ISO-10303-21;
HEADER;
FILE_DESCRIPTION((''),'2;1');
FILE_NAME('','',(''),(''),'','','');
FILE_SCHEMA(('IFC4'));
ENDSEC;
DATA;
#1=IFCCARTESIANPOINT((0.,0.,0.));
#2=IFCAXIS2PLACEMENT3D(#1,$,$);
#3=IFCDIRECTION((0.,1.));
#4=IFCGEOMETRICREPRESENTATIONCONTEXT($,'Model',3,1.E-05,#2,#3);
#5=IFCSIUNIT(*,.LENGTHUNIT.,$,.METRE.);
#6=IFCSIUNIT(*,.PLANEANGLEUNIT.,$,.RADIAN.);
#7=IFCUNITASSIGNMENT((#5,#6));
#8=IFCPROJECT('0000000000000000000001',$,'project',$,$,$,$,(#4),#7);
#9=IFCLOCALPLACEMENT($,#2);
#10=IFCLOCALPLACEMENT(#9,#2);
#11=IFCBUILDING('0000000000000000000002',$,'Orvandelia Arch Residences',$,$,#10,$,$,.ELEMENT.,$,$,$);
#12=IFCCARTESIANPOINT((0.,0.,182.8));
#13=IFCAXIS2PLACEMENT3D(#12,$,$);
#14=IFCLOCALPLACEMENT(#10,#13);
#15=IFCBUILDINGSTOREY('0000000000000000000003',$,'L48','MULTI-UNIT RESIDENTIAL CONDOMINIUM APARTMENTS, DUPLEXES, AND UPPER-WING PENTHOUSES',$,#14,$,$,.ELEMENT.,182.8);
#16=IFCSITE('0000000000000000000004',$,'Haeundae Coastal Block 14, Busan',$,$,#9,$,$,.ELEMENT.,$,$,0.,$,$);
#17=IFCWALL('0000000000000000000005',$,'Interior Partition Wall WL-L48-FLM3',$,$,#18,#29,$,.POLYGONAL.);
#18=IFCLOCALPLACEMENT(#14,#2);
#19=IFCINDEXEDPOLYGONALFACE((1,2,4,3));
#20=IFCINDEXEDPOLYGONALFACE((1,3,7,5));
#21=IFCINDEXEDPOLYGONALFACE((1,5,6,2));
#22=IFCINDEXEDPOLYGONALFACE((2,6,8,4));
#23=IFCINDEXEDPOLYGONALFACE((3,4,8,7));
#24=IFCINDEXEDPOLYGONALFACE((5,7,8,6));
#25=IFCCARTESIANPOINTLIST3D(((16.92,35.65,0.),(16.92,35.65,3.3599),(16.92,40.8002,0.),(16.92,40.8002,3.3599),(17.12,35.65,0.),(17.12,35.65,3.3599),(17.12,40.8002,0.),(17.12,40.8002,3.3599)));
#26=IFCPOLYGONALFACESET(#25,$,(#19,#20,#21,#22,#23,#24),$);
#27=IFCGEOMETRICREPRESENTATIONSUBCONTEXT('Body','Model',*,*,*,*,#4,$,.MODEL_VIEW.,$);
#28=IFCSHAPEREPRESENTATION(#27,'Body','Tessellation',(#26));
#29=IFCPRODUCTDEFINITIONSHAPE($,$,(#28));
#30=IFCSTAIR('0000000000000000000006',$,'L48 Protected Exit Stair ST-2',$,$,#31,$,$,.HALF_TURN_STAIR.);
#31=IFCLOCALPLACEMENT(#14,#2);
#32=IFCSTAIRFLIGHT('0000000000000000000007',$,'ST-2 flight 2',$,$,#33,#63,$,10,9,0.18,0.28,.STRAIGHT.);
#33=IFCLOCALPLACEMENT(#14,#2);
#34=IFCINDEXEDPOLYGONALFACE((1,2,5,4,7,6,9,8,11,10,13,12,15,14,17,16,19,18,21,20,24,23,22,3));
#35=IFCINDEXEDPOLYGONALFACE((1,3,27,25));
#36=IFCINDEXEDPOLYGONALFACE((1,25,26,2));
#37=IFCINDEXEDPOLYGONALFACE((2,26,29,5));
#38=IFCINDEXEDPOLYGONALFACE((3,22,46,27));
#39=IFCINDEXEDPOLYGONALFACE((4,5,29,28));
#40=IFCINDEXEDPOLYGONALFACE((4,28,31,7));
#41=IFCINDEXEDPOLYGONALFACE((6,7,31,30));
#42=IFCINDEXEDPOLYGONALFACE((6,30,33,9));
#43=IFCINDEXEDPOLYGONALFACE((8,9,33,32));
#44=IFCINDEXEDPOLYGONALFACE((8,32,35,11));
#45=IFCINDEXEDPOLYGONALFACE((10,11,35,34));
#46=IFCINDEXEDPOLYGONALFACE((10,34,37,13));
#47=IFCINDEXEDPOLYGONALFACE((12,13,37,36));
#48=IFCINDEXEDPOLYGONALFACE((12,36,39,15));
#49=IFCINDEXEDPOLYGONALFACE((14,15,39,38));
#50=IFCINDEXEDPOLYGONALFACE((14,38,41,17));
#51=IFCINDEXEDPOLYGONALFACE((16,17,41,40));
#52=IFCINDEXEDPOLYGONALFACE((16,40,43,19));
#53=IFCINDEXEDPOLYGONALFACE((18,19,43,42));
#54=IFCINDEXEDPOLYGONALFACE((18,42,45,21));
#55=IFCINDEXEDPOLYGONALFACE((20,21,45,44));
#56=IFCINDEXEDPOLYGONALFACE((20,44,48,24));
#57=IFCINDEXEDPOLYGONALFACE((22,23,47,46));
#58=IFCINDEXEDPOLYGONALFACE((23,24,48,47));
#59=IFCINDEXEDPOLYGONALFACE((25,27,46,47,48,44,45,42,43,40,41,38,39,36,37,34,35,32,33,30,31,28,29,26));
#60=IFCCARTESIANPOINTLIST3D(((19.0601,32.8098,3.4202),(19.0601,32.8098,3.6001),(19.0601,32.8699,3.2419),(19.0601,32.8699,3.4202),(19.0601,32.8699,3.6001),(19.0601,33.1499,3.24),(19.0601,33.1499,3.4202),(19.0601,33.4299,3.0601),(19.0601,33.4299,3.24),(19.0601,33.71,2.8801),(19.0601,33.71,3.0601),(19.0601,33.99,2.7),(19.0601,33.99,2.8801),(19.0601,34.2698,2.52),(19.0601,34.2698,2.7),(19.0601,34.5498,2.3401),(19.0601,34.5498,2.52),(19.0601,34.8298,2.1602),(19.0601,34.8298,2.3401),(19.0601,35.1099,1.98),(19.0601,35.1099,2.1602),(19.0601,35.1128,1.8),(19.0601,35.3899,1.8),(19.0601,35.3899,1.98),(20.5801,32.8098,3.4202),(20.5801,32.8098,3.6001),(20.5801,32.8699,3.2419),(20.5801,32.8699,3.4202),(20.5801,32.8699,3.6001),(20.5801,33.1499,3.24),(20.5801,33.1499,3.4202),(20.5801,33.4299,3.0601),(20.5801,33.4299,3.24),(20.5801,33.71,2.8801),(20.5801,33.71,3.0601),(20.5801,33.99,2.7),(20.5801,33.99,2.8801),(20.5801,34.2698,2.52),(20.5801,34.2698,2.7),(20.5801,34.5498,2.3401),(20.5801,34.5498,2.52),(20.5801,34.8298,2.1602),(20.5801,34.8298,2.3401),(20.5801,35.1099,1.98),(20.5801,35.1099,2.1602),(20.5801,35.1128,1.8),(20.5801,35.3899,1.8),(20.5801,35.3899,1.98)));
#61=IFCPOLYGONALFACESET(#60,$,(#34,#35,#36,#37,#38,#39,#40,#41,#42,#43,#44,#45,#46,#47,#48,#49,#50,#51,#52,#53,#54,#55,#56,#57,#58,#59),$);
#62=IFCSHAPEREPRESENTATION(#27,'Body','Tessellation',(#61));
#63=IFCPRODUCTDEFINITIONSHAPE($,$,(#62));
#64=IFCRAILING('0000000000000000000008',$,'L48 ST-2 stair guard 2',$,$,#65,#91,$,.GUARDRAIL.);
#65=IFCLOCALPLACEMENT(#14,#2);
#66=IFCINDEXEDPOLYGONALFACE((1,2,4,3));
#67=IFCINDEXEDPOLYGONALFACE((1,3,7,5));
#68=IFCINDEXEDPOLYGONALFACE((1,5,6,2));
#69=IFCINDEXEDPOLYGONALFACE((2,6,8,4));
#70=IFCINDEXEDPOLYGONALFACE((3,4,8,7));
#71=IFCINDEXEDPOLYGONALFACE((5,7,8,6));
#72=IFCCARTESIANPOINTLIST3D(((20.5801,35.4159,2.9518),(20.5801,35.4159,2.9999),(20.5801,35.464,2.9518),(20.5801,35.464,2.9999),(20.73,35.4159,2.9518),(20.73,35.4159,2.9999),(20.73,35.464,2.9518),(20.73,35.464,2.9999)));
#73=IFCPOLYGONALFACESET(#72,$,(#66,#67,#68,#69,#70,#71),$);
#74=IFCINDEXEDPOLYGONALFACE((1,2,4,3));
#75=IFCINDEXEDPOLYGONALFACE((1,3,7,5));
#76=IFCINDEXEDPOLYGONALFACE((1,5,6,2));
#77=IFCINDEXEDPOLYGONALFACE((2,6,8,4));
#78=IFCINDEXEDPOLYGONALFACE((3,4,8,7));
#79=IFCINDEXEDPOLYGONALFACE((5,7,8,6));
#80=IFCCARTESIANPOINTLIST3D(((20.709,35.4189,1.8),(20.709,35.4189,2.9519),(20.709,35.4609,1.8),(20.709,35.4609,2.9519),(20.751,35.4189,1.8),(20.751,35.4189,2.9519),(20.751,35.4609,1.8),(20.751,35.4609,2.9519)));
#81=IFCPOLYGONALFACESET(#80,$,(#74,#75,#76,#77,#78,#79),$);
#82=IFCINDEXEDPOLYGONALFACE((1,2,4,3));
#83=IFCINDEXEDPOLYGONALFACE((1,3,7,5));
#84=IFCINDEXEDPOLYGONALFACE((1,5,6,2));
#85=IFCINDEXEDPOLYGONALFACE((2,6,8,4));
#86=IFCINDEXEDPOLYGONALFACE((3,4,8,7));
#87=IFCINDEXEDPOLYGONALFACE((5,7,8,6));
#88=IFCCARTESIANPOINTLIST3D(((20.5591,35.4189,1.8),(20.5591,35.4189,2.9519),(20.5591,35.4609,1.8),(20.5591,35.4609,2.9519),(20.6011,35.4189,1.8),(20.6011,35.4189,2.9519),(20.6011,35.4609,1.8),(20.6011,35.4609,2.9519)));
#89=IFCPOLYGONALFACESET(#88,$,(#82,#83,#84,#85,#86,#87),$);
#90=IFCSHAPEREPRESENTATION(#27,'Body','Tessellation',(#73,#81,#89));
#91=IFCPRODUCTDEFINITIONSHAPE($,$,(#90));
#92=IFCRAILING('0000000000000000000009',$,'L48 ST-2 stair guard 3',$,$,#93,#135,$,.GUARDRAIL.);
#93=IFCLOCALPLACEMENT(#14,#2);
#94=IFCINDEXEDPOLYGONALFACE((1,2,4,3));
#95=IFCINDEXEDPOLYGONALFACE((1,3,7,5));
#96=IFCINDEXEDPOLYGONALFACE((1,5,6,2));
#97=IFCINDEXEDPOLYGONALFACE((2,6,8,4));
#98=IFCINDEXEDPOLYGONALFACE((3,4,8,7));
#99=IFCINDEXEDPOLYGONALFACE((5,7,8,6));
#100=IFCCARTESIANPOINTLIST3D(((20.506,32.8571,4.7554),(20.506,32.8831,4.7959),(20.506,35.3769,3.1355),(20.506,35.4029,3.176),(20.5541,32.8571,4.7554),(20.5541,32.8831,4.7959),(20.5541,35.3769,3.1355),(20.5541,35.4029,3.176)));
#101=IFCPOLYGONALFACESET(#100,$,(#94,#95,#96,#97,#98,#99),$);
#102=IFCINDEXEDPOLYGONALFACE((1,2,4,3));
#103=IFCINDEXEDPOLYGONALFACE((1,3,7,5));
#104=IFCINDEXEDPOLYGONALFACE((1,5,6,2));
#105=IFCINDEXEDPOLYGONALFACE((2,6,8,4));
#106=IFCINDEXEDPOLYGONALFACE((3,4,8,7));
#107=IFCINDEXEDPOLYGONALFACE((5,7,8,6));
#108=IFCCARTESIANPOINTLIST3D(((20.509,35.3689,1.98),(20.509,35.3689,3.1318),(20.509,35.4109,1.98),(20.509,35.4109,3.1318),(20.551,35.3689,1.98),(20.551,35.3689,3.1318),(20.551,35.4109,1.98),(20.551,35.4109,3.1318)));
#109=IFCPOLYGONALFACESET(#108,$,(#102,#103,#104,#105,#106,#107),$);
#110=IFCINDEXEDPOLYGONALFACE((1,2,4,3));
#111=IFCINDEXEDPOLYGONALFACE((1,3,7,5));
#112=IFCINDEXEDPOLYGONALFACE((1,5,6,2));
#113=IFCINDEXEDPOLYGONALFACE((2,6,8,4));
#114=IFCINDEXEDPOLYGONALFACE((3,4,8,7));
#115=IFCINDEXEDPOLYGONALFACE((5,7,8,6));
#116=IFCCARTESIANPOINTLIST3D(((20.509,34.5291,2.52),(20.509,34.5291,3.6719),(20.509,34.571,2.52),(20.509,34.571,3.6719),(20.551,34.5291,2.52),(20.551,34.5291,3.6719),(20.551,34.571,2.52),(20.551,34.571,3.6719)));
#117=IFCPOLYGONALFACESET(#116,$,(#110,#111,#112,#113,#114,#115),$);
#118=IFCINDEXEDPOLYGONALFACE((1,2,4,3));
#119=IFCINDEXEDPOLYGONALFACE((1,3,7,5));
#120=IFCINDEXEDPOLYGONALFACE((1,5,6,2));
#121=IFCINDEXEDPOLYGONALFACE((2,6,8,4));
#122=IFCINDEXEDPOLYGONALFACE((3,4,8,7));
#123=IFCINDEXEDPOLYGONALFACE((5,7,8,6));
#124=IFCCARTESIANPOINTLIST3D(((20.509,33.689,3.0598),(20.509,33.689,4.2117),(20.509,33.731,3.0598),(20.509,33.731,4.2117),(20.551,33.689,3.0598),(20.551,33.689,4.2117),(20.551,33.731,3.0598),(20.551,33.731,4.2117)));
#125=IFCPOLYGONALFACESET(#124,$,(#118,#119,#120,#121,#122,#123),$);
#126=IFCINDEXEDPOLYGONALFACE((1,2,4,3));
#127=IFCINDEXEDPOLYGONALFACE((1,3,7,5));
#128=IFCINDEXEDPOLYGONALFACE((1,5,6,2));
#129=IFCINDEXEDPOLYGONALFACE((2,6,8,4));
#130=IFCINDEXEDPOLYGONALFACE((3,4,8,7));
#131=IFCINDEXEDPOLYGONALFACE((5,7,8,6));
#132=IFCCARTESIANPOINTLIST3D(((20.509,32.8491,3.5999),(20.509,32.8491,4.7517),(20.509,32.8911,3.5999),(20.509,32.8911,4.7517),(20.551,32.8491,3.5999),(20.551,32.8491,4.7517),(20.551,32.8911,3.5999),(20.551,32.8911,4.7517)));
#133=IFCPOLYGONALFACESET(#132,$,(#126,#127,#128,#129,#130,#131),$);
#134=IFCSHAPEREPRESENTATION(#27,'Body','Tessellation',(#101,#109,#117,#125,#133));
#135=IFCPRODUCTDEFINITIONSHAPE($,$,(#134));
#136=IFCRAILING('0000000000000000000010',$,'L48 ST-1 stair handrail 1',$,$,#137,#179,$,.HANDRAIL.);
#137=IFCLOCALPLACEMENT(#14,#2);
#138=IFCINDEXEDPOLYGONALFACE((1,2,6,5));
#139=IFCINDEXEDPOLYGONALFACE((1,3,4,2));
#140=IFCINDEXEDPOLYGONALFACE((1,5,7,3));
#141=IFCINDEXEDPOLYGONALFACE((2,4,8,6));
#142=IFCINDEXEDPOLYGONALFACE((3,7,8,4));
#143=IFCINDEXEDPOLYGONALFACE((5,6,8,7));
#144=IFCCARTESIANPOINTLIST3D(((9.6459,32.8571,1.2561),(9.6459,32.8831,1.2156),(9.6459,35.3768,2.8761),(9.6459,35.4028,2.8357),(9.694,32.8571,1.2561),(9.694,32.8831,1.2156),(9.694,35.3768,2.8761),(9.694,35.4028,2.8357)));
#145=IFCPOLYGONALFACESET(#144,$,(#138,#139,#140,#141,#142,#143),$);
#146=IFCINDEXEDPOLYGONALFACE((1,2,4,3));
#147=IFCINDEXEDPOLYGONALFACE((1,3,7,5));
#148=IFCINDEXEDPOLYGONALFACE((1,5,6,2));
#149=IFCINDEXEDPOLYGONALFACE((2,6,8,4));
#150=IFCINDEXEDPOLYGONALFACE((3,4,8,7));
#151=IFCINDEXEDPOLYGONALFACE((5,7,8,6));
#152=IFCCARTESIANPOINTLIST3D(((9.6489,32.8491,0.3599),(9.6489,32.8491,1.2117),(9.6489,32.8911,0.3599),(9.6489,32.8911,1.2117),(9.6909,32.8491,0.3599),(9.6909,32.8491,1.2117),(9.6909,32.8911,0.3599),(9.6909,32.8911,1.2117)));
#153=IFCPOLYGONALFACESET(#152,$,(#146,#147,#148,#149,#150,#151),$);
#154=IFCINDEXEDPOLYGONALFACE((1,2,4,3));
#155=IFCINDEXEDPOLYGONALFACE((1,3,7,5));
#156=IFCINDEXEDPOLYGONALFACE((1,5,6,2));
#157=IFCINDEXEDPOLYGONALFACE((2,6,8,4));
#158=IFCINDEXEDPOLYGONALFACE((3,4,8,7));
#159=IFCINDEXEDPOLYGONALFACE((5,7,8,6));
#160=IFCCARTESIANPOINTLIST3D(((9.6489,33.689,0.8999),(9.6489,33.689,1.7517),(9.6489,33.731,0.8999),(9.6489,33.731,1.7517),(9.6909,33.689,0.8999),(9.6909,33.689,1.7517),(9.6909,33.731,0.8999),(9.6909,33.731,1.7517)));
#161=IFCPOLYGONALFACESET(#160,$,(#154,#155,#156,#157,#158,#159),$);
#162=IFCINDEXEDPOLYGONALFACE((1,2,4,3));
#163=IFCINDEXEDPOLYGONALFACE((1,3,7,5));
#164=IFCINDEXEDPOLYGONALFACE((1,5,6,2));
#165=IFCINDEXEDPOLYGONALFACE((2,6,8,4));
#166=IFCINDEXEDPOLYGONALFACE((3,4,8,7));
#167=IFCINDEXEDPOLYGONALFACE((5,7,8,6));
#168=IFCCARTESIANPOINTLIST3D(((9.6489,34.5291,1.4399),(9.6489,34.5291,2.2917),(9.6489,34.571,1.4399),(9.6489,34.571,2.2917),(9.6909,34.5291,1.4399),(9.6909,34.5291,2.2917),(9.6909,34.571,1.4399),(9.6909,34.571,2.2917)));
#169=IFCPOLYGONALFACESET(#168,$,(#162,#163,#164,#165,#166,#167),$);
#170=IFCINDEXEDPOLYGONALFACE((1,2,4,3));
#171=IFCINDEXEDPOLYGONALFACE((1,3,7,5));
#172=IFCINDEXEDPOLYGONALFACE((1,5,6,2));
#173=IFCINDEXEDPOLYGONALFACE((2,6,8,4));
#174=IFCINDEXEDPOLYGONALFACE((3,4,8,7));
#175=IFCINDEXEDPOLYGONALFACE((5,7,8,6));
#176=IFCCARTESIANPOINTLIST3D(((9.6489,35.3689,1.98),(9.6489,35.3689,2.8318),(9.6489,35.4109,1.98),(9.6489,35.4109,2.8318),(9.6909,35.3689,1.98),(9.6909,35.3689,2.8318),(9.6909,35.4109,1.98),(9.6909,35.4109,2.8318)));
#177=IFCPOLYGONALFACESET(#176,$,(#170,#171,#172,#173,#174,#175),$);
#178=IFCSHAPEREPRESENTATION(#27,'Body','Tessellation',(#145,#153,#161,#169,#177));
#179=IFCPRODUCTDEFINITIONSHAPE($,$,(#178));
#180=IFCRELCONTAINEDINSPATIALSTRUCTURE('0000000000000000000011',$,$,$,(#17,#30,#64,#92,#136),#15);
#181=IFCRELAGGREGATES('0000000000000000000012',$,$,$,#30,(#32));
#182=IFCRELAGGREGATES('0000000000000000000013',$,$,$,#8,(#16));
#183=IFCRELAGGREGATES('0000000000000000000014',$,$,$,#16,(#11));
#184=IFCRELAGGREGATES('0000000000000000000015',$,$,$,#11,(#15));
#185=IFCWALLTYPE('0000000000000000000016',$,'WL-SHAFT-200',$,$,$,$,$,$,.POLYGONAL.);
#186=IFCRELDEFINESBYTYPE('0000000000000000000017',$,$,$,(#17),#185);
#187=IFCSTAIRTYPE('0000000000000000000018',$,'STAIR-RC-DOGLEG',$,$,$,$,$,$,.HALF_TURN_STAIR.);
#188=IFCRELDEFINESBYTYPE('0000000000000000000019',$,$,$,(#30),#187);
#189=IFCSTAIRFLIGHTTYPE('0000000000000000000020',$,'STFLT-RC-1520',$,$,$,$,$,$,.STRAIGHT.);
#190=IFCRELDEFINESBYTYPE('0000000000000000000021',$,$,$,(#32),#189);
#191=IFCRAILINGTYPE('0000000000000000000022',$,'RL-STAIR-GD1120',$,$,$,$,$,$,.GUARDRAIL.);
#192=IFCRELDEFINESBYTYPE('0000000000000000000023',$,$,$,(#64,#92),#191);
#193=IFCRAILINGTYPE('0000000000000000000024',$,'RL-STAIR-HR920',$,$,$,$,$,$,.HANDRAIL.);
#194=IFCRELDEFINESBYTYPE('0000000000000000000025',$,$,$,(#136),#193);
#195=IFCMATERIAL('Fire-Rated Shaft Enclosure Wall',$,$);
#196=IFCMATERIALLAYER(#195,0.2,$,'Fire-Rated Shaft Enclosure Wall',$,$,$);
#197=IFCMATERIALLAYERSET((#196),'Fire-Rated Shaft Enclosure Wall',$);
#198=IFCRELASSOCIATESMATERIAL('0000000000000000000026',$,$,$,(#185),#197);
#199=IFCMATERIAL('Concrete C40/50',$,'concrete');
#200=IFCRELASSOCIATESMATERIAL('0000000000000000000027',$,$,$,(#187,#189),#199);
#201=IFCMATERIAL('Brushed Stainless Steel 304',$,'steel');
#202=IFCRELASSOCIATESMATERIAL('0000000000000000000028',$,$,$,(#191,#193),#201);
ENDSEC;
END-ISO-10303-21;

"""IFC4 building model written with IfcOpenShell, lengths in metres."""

from ifc_helpers import new_model, si_unit, direction, frame, frame_2d, origin, origin_2d, place, context, subcontext, project, spatial, polyline, rectangle, outline, extrude, material, layer, layer_set, type_object, element, aggregate, save


model = new_model("IFC4")

# Units and contexts
model_context = context("Model", 3, precision=1e-05, world=origin(), true_north=direction((0.0, 1.0)))
body_context = subcontext(model_context, "Body", "Model", "MODEL_VIEW")
ifc_project = project(units=[si_unit("LENGTHUNIT", "METRE"), si_unit("PLANEANGLEUNIT", "RADIAN")], contexts=[model_context])

# Site, building, storey
site_placement = place(None, origin())
site = spatial("IfcSite", under=ifc_project, at=site_placement, Name="Haeundae Coastal Block 14, Busan", CompositionType="ELEMENT", RefElevation=0.0)
building_placement = place(site_placement, origin())
building = spatial("IfcBuilding", under=site, at=building_placement, Name="Orvandelia Arch Residences", CompositionType="ELEMENT")
storey_placement = place(building_placement, frame((0.0, 0.0, 182.8)))
storey = spatial("IfcBuildingStorey", under=building, at=storey_placement, Name="L48", Description="MULTI-UNIT RESIDENTIAL CONDOMINIUM APARTMENTS, DUPLEXES, AND UPPER-WING PENTHOUSES", CompositionType="ELEMENT", Elevation=182.8)

# Wall
ifc_material_1 = material(Name="Fire-Rated Shaft Enclosure Wall")
ifc_layer_1 = layer(ifc_material_1, 0.2, Name="Fire-Rated Shaft Enclosure Wall")
ifc_layer_set_1 = layer_set([ifc_layer_1], Name="Fire-Rated Shaft Enclosure Wall")
wall_type_1 = type_object("IfcWallType", Name="WL-SHAFT-200", PredefinedType="POLYGONAL", material=ifc_layer_set_1)
wall_1_placement = place(storey_placement, frame((17.02, 35.6499, 0.0), z_axis=(0.0, 0.0, 1.0), x_axis=(0.0, 1.0, 0.0)))
element("IfcWall", 1, at=wall_1_placement, inside=storey, type_object=wall_type_1, Name="Interior Partition Wall WL-L48-FLM3", PredefinedType="POLYGONAL", context=body_context, shape_type="SweptSolid", body=[
    extrude(rectangle(XDim=5.1501, YDim=0.2, at=frame_2d((2.5752, 0.0))), origin(), (0.0, 0.0, 1.0), 3.3599),
])

# Stair, stair flight
ifc_material_2 = material(Name="Concrete C40/50", Category="concrete")
stair_type = type_object("IfcStairType", Name="STAIR-RC-DOGLEG", PredefinedType="HALF_TURN_STAIR", material=ifc_material_2)
stair_placement = place(storey_placement, origin())
stair = element("IfcStair", 2, at=stair_placement, inside=storey, type_object=stair_type, Name="L48 Protected Exit Stair ST-2", PredefinedType="HALF_TURN_STAIR")
stair_flight_type = type_object("IfcStairFlightType", Name="STFLT-RC-1520", PredefinedType="STRAIGHT", material=ifc_material_2)
stair_flight_placement = place(storey_placement, frame((19.8201, 35.3899, 1.8), z_axis=(0.0, 0.0, 1.0), x_axis=(0.0, -1.0, 0.0)))
stair_flight = element("IfcStairFlight", 3, at=stair_flight_placement, type_object=stair_flight_type, Name="ST-2 flight 2", NumberOfRisers=10, NumberOfTreads=9, PredefinedType="STRAIGHT", RiserHeight=0.18, TreadLength=0.28, context=body_context, shape_type="SweptSolid", body=[
    extrude(outline(polyline([(0.0, 0.0), (0.0, 0.1799), (0.28, 0.1799), (0.28, 0.3601), (0.5601, 0.3601), (0.5601, 0.54), (0.8401, 0.54), (0.8401, 0.72), (1.1201, 0.72), (1.1201, 0.8999), (1.3999, 0.8999), (1.3999, 1.0801), (1.6799, 1.0801), (1.6799, 1.26), (1.96, 1.26), (1.96, 1.4399), (2.24, 1.4399), (2.24, 1.6201), (2.52, 1.6201), (2.52, 1.8), (2.5801, 1.8), (2.5801, 1.6201), (2.52, 1.4419), (0.2771, 0.0), (0.0, 0.0)])), frame((0.0, 0.76, 0.0), z_axis=(0.0, -1.0, 0.0), x_axis=(1.0, 0.0, 0.0)), (0.0, 0.0, 1.0), 1.52),
])
aggregate(stair, [stair_flight])

# Railings
ifc_material_3 = material(Name="Brushed Stainless Steel 304", Category="steel")
railing_type_1 = type_object("IfcRailingType", Name="RL-STAIR-GD1120", PredefinedType="GUARDRAIL", material=ifc_material_3)
railing_1_placement = place(storey_placement, frame((20.73, 35.4399, 1.8)))
element("IfcRailing", 4, at=railing_1_placement, inside=storey, type_object=railing_type_1, Name="L48 ST-2 stair guard 2", PredefinedType="GUARDRAIL", context=body_context, shape_type="SweptSolid", body=[
    extrude(rectangle(XDim=0.0481, YDim=0.0481, at=origin_2d()), frame((0.0, 0.0, 1.1758), z_axis=(-1.0, 0.0, 0.0), x_axis=(0.0, -1.0, 0.0)), (0.0, 0.0, 1.0), 0.1499),
    extrude(rectangle(XDim=0.042, YDim=0.042, at=origin_2d()), origin(), (0.0, 0.0, 1.0), 1.1519),
    extrude(rectangle(XDim=0.042, YDim=0.042, at=origin_2d()), frame((-0.1499, 0.0, 0.0)), (0.0, 0.0, 1.0), 1.1519),
])
railing_2_placement = place(storey_placement, frame((20.53, 35.3899, 1.98)))
element("IfcRailing", 5, at=railing_2_placement, inside=storey, type_object=railing_type_1, Name="L48 ST-2 stair guard 3", PredefinedType="GUARDRAIL", context=body_context, shape_type="SweptSolid", body=[
    extrude(rectangle(XDim=0.0481, YDim=0.0481, at=origin_2d()), frame((0.0, 0.0, 1.1758), z_axis=(0.0, -0.841176, 0.540762), x_axis=(1.0, 0.0, 0.0)), (0.0, 0.0, 1.0), 2.9956),
    extrude(rectangle(XDim=0.042, YDim=0.042, at=origin_2d()), origin(), (0.0, 0.0, 1.0), 1.1519),
    extrude(rectangle(XDim=0.042, YDim=0.042, at=origin_2d()), frame((0.0, -0.8398, 0.54)), (0.0, 0.0, 1.0), 1.1519),
    extrude(rectangle(XDim=0.042, YDim=0.042, at=origin_2d()), frame((0.0, -1.6799, 1.0798)), (0.0, 0.0, 1.0), 1.1519),
    extrude(rectangle(XDim=0.042, YDim=0.042, at=origin_2d()), frame((0.0, -2.5198, 1.6199)), (0.0, 0.0, 1.0), 1.1519),
])
railing_type_2 = type_object("IfcRailingType", Name="RL-STAIR-HR920", PredefinedType="HANDRAIL", material=ifc_material_3)
railing_3_placement = place(storey_placement, frame((9.6699, 32.8701, 0.3599)))
element("IfcRailing", 6, at=railing_3_placement, inside=storey, type_object=railing_type_2, Name="L48 ST-1 stair handrail 1", PredefinedType="HANDRAIL", context=body_context, shape_type="SweptSolid", body=[
    extrude(rectangle(XDim=0.0481, YDim=0.0481, at=origin_2d()), frame((0.0, 0.0, 0.876), z_axis=(0.0, 0.841139, 0.540819), x_axis=(-1.0, 0.0, 0.0)), (0.0, 0.0, 1.0), 2.9956),
    extrude(rectangle(XDim=0.042, YDim=0.042, at=origin_2d()), origin(), (0.0, 0.0, 1.0), 0.8518),
    extrude(rectangle(XDim=0.042, YDim=0.042, at=origin_2d()), frame((0.0, 0.8398, 0.54)), (0.0, 0.0, 1.0), 0.8518),
    extrude(rectangle(XDim=0.042, YDim=0.042, at=origin_2d()), frame((0.0, 1.6799, 1.0801)), (0.0, 0.0, 1.0), 0.8518),
    extrude(rectangle(XDim=0.042, YDim=0.042, at=origin_2d()), frame((0.0, 2.5198, 1.6201)), (0.0, 0.0, 1.0), 0.8518),
])

save(model, "model.ifc")
